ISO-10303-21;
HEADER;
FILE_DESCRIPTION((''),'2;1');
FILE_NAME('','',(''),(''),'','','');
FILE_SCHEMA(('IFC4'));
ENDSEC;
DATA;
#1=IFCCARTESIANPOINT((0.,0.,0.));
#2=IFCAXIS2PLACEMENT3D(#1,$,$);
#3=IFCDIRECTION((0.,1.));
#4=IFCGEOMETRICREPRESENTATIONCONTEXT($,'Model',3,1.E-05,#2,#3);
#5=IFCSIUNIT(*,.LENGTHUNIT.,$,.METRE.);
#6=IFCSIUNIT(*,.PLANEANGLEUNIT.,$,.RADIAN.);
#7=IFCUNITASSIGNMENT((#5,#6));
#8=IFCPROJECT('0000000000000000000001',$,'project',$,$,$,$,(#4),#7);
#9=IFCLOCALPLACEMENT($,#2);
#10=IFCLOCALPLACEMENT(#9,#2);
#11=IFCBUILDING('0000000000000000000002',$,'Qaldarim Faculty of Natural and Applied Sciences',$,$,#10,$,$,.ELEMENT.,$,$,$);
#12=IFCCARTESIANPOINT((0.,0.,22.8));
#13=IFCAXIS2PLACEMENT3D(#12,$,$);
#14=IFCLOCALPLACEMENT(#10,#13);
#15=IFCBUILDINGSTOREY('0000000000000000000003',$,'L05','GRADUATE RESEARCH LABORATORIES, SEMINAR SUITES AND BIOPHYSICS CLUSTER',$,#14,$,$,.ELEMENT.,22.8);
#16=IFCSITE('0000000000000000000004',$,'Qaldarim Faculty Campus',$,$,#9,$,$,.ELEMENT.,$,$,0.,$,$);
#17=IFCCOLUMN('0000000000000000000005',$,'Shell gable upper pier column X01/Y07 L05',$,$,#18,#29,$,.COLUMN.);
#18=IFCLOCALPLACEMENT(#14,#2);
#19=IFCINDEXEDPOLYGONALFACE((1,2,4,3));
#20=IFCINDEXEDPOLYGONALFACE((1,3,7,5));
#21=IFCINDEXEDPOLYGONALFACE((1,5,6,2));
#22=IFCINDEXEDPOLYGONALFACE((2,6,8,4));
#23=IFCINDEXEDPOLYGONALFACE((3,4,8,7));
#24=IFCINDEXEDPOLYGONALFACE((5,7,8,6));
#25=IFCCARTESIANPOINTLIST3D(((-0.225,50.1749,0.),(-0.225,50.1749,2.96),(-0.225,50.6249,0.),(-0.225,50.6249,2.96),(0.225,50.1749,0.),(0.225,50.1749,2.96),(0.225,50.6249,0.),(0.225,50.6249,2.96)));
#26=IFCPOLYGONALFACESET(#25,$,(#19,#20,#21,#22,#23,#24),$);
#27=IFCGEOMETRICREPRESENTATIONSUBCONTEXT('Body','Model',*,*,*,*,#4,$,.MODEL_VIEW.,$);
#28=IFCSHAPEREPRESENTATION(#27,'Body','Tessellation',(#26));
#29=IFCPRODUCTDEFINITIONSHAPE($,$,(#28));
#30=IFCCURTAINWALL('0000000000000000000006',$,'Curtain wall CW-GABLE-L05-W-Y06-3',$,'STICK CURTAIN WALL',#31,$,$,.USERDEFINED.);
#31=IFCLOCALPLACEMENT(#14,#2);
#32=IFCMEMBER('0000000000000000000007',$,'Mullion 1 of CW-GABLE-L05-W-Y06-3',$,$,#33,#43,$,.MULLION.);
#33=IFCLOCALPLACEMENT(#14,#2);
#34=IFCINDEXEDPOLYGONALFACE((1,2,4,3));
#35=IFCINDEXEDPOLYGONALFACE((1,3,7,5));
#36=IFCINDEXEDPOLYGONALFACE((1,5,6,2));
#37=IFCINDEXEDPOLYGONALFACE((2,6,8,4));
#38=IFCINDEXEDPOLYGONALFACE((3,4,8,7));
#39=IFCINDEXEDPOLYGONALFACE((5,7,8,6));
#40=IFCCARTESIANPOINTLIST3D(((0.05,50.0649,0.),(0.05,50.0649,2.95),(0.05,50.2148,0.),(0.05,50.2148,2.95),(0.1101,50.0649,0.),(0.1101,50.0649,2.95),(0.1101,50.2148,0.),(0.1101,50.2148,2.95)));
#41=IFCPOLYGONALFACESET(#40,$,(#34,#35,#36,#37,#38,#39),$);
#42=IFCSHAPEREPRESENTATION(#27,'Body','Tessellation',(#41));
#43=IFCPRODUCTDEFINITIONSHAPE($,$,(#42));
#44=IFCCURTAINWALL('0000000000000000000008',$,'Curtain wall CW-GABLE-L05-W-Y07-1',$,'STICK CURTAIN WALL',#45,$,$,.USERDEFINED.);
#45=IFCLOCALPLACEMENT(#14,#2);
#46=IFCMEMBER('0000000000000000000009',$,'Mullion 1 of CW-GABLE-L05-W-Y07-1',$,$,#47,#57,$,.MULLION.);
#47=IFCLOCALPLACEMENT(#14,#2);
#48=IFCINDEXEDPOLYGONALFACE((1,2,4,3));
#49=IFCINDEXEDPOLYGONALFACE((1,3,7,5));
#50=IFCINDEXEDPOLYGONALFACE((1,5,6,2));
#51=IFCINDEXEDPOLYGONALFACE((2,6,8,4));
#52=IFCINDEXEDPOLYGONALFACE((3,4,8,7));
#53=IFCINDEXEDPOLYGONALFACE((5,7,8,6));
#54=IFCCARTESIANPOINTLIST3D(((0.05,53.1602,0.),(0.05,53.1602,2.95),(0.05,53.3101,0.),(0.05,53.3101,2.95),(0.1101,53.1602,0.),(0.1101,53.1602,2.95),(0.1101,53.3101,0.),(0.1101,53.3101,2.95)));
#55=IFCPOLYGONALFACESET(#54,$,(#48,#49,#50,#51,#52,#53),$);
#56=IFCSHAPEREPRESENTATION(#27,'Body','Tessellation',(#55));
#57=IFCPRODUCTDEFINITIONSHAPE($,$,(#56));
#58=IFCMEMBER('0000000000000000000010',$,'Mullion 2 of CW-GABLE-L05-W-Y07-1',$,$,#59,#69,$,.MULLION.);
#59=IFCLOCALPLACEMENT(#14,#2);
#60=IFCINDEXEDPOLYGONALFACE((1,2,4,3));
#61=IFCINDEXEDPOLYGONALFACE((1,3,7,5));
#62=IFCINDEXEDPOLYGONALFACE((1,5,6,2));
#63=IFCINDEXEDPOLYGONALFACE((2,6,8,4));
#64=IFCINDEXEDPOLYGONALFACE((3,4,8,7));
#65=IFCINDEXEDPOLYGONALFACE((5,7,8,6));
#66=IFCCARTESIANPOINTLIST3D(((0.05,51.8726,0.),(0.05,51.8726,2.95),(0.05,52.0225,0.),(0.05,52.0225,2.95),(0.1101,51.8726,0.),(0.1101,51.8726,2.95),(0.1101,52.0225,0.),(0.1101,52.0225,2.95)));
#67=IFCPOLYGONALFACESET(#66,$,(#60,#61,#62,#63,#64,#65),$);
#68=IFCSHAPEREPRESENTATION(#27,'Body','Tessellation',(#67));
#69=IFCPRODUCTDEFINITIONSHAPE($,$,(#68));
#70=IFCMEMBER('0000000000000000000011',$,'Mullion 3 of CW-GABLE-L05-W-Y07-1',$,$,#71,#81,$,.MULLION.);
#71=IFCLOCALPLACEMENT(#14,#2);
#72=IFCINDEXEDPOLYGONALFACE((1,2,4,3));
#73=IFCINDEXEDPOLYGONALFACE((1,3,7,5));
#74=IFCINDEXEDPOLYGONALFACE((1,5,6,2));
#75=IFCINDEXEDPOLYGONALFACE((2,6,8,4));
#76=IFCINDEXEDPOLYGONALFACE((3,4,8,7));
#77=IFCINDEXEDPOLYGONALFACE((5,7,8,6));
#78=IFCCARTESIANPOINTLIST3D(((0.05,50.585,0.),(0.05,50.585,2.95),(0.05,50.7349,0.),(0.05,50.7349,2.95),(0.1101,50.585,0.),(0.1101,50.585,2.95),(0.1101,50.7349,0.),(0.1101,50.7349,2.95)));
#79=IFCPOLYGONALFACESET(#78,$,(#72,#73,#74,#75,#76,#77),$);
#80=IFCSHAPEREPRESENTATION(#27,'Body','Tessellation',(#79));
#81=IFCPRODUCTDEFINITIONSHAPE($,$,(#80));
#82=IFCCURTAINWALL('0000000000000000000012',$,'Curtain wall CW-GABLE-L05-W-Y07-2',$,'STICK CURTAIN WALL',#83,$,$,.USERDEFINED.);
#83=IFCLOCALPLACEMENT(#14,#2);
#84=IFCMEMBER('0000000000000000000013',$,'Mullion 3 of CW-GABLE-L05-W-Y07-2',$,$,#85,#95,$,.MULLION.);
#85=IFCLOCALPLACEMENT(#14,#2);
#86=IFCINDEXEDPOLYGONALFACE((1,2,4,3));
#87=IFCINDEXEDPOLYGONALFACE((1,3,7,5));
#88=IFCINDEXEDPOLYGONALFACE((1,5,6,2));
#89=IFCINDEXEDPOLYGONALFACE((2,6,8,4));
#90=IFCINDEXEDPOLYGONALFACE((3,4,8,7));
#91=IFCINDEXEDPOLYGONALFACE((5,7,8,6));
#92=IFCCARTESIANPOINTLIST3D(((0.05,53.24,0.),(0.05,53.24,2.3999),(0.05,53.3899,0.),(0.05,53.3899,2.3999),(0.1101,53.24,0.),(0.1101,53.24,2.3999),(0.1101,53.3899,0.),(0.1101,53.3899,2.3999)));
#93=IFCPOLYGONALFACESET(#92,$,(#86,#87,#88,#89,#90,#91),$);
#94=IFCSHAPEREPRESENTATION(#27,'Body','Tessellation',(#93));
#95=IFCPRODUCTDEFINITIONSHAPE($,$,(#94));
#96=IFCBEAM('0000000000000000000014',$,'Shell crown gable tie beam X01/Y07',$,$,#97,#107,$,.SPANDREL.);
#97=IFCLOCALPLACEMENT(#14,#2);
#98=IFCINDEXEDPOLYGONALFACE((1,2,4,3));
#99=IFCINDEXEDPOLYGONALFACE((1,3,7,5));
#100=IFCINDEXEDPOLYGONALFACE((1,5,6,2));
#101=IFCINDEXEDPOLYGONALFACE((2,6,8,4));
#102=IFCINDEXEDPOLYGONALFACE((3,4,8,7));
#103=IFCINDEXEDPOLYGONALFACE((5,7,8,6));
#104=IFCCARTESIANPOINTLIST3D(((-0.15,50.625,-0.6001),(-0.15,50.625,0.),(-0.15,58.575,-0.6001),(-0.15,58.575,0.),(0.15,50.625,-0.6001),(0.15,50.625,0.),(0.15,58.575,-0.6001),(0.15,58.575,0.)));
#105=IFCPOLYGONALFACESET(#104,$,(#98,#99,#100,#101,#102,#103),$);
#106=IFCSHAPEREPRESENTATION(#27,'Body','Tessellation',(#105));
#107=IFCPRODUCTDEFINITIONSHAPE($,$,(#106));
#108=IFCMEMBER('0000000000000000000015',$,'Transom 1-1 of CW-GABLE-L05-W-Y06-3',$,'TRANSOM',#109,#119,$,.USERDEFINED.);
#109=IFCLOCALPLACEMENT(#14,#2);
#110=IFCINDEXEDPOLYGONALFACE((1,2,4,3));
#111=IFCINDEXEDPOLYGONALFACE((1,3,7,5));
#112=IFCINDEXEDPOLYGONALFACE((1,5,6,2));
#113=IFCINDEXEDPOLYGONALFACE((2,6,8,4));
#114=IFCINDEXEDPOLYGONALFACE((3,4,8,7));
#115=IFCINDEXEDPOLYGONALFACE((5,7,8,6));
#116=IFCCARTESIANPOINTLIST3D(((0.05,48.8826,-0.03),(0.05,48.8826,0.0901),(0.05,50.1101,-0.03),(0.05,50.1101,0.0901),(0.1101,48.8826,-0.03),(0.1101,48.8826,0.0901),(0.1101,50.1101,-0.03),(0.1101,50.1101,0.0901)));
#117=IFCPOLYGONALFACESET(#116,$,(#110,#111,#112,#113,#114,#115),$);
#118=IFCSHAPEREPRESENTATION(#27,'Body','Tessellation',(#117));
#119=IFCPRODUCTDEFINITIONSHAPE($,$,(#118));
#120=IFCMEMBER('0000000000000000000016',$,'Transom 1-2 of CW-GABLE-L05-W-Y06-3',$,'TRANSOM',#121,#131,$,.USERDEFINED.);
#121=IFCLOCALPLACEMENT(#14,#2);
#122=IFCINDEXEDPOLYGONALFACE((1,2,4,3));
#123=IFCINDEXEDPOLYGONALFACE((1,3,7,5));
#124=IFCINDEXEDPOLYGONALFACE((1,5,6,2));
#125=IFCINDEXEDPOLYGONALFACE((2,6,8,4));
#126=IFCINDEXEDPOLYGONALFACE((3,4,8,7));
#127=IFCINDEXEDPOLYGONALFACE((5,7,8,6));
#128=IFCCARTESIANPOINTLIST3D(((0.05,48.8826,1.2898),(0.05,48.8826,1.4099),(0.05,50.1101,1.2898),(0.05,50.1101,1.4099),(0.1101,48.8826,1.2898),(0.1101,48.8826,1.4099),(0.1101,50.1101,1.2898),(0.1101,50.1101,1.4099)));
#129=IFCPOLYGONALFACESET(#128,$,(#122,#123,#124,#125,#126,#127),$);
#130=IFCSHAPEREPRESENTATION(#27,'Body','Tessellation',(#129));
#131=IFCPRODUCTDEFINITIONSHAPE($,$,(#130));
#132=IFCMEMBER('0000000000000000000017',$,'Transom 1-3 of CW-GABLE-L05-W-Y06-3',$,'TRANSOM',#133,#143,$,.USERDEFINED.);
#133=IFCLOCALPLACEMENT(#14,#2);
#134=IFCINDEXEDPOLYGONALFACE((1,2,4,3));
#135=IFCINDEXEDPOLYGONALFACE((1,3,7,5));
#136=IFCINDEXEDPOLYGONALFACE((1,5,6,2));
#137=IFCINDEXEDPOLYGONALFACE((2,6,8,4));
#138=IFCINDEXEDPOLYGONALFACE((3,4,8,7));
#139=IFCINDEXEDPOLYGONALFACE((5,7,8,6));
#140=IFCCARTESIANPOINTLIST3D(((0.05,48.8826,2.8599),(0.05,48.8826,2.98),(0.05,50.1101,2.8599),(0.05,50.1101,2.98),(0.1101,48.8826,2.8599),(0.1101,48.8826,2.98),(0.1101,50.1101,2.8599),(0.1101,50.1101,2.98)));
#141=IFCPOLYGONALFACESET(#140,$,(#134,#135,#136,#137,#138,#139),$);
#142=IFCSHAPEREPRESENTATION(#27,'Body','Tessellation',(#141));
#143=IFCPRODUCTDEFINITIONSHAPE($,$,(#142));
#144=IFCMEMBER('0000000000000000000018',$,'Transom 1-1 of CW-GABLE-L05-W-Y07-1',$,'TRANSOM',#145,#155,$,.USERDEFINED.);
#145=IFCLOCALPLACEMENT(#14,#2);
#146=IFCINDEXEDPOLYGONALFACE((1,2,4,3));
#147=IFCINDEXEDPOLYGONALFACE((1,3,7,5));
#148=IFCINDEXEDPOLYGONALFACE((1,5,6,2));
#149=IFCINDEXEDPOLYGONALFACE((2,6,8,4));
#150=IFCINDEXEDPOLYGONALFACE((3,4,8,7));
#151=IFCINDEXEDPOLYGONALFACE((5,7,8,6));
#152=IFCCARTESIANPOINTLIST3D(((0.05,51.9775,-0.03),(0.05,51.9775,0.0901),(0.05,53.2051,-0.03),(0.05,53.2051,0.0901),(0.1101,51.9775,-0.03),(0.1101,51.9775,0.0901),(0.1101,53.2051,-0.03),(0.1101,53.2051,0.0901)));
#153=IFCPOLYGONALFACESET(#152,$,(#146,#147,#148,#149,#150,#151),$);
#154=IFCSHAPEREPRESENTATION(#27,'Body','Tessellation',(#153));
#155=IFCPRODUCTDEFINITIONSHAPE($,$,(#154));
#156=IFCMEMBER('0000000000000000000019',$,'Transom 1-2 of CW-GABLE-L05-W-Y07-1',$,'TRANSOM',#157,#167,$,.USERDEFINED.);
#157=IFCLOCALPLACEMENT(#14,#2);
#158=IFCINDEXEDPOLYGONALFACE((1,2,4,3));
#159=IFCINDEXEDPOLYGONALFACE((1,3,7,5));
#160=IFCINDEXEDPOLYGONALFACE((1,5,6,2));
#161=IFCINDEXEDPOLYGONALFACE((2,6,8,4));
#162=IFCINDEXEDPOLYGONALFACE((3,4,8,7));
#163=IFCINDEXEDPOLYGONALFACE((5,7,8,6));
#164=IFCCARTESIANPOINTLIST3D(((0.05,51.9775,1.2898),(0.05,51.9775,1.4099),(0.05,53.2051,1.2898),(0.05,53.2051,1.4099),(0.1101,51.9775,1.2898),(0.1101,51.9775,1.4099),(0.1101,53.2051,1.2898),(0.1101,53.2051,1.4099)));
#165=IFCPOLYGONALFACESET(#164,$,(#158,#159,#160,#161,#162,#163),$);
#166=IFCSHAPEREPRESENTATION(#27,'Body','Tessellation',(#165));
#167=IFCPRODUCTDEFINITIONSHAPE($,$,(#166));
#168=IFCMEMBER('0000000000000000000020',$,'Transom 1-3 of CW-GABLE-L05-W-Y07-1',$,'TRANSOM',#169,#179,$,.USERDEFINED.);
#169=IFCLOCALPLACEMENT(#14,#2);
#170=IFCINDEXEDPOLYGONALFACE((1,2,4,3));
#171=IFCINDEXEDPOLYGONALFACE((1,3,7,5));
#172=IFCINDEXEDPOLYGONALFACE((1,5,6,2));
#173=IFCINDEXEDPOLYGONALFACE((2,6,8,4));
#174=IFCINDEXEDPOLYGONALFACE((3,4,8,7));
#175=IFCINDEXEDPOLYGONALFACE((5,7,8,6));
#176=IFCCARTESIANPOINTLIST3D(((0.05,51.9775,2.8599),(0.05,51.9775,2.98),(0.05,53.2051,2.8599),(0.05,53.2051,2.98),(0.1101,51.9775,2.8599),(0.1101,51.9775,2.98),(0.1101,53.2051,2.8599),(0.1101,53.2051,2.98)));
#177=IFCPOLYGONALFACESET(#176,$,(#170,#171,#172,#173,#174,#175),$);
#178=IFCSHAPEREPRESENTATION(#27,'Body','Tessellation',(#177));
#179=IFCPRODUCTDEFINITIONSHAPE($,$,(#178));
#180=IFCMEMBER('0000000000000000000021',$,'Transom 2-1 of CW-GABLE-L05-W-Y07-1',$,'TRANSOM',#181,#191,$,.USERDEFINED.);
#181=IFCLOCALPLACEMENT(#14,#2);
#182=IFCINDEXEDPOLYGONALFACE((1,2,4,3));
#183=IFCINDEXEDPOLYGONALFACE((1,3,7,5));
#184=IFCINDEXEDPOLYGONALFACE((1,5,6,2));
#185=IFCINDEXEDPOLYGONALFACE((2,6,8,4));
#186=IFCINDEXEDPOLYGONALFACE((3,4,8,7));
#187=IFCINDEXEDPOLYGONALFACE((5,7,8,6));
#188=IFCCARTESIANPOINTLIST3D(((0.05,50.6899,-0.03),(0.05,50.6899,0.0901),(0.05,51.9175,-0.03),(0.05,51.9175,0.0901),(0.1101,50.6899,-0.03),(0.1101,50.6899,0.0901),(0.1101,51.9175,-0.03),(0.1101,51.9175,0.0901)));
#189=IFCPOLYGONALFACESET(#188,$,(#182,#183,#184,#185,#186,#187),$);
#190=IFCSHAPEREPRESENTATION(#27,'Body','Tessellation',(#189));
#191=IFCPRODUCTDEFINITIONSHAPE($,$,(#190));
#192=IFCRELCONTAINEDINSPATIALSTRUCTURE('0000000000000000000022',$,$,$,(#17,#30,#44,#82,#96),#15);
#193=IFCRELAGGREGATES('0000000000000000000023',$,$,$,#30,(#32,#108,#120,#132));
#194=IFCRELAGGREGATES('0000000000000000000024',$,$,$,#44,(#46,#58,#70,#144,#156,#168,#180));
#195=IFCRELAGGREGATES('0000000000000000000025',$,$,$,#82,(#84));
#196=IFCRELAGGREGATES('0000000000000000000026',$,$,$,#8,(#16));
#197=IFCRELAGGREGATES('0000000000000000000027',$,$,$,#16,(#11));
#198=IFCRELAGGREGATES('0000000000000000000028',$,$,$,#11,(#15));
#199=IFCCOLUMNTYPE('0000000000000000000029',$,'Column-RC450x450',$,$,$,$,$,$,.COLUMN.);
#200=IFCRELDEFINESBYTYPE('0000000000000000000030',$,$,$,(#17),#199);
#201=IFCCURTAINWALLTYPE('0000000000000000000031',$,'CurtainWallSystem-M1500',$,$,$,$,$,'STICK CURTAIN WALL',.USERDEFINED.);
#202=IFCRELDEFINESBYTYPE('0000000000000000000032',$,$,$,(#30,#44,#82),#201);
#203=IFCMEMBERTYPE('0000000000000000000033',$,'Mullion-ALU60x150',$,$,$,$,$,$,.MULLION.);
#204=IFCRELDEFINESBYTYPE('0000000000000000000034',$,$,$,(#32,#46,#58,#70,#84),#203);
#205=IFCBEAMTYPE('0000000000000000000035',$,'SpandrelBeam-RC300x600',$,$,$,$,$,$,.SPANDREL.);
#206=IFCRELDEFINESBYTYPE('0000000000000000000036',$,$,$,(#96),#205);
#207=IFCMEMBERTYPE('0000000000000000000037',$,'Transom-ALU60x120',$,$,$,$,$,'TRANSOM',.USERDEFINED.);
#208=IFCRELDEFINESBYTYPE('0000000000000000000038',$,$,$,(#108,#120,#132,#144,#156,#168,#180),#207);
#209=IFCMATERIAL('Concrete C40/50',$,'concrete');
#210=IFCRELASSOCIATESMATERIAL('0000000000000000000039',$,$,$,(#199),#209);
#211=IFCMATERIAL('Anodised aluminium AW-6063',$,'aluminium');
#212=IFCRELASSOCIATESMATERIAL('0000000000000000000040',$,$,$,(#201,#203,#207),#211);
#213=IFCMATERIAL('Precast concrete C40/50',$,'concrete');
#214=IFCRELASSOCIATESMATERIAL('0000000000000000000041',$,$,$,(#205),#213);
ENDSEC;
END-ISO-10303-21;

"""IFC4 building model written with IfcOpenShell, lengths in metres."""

from ifc_helpers import new_model, si_unit, direction, frame, origin, origin_2d, place, context, subcontext, project, spatial, rectangle, extrude, material, material_profile, profile_set, type_object, element, aggregate, save


model = new_model("IFC4")

# Units and contexts
model_context = context("Model", 3, precision=1e-05, world=origin(), true_north=direction((0.0, 1.0)))
body_context = subcontext(model_context, "Body", "Model", "MODEL_VIEW")
ifc_project = project(units=[si_unit("LENGTHUNIT", "METRE"), si_unit("PLANEANGLEUNIT", "RADIAN")], contexts=[model_context])

# Site, building, storey
site_placement = place(None, origin())
site = spatial("IfcSite", under=ifc_project, at=site_placement, Name="Qaldarim Faculty Campus", CompositionType="ELEMENT", RefElevation=0.0)
building_placement = place(site_placement, origin())
building = spatial("IfcBuilding", under=site, at=building_placement, Name="Qaldarim Faculty of Natural and Applied Sciences", CompositionType="ELEMENT")
storey_placement = place(building_placement, frame((0.0, 0.0, 22.8)))
storey = spatial("IfcBuildingStorey", under=building, at=storey_placement, Name="L05", Description="GRADUATE RESEARCH LABORATORIES, SEMINAR SUITES AND BIOPHYSICS CLUSTER", CompositionType="ELEMENT", Elevation=22.8)

# Column
ifc_material_1 = material(Name="Concrete C40/50", Category="concrete")
ifc_material_profile_1 = material_profile(ifc_material_1, rectangle(XDim=0.45, YDim=0.45, at=origin_2d()), Name="RC-C450x450")
ifc_profile_set_1 = profile_set([ifc_material_profile_1], Name="Concrete C40/50")
column_type = type_object("IfcColumnType", Name="Column-RC450x450", PredefinedType="COLUMN", material=ifc_profile_set_1)
column_placement = place(storey_placement, frame((0.0, 50.3999, 0.0), z_axis=(0.0, 0.0, 1.0), x_axis=(1.0, 0.0, 0.0)))
element("IfcColumn", 1, at=column_placement, inside=storey, type_object=column_type, Name="Shell gable upper pier column X01/Y07 L05", PredefinedType="COLUMN", context=body_context, shape_type="SweptSolid", body=[
    extrude(rectangle(XDim=0.45, YDim=0.45, at=origin_2d()), origin(), (0.0, 0.0, 1.0), 2.96),
])

# Curtain wall, member
ifc_material_2 = material(Name="Anodised aluminium AW-6063", Category="aluminium")
curtain_wall_type = type_object("IfcCurtainWallType", Name="CurtainWallSystem-M1500", ElementType="STICK CURTAIN WALL", PredefinedType="USERDEFINED", material=ifc_material_2)
curtain_wall_1_placement = place(storey_placement, origin())
curtain_wall_1 = element("IfcCurtainWall", 2, at=curtain_wall_1_placement, inside=storey, type_object=curtain_wall_type, Name="Curtain wall CW-GABLE-L05-W-Y06-3", ObjectType="STICK CURTAIN WALL", PredefinedType="USERDEFINED")
ifc_material_profile_2 = material_profile(ifc_material_2, rectangle(XDim=0.0601, YDim=0.1499, at=origin_2d()), Name="ALU-M60x150")
ifc_profile_set_2 = profile_set([ifc_material_profile_2], Name="Anodised aluminium AW-6063")
member_type_1 = type_object("IfcMemberType", Name="Mullion-ALU60x150", PredefinedType="MULLION", material=ifc_profile_set_2)
member_1_placement = place(storey_placement, frame((0.0801, 50.1399, 0.0), z_axis=(0.0, 0.0, 1.0), x_axis=(1.0, 0.0, 0.0)))
member_1 = element("IfcMember", 3, at=member_1_placement, type_object=member_type_1, Name="Mullion 1 of CW-GABLE-L05-W-Y06-3", PredefinedType="MULLION", context=body_context, shape_type="SweptSolid", body=[
    extrude(rectangle(XDim=0.0601, YDim=0.1499, at=origin_2d()), origin(), (0.0, 0.0, 1.0), 2.95),
])

# Curtain wall, members
curtain_wall_2_placement = place(storey_placement, origin())
curtain_wall_2 = element("IfcCurtainWall", 4, at=curtain_wall_2_placement, inside=storey, type_object=curtain_wall_type, Name="Curtain wall CW-GABLE-L05-W-Y07-1", ObjectType="STICK CURTAIN WALL", PredefinedType="USERDEFINED")
member_2_placement = place(storey_placement, frame((0.0801, 53.2351, 0.0), z_axis=(0.0, 0.0, 1.0), x_axis=(1.0, 0.0, 0.0)))
member_2 = element("IfcMember", 5, at=member_2_placement, type_object=member_type_1, Name="Mullion 1 of CW-GABLE-L05-W-Y07-1", PredefinedType="MULLION", context=body_context, shape_type="SweptSolid", body=[
    extrude(rectangle(XDim=0.0601, YDim=0.1499, at=origin_2d()), origin(), (0.0, 0.0, 1.0), 2.95),
])
member_3_placement = place(storey_placement, frame((0.0801, 51.9475, 0.0), z_axis=(0.0, 0.0, 1.0), x_axis=(1.0, 0.0, 0.0)))
member_3 = element("IfcMember", 6, at=member_3_placement, type_object=member_type_1, Name="Mullion 2 of CW-GABLE-L05-W-Y07-1", PredefinedType="MULLION", context=body_context, shape_type="SweptSolid", body=[
    extrude(rectangle(XDim=0.0601, YDim=0.1499, at=origin_2d()), origin(), (0.0, 0.0, 1.0), 2.95),
])
member_4_placement = place(storey_placement, frame((0.0801, 50.6599, 0.0), z_axis=(0.0, 0.0, 1.0), x_axis=(1.0, 0.0, 0.0)))
member_4 = element("IfcMember", 7, at=member_4_placement, type_object=member_type_1, Name="Mullion 3 of CW-GABLE-L05-W-Y07-1", PredefinedType="MULLION", context=body_context, shape_type="SweptSolid", body=[
    extrude(rectangle(XDim=0.0601, YDim=0.1499, at=origin_2d()), origin(), (0.0, 0.0, 1.0), 2.95),
])

# Curtain wall, member
curtain_wall_3_placement = place(storey_placement, origin())
curtain_wall_3 = element("IfcCurtainWall", 8, at=curtain_wall_3_placement, inside=storey, type_object=curtain_wall_type, Name="Curtain wall CW-GABLE-L05-W-Y07-2", ObjectType="STICK CURTAIN WALL", PredefinedType="USERDEFINED")
member_5_placement = place(storey_placement, frame((0.0801, 53.3149, 0.0), z_axis=(0.0, 0.0, 1.0), x_axis=(1.0, 0.0, 0.0)))
member_5 = element("IfcMember", 9, at=member_5_placement, type_object=member_type_1, Name="Mullion 3 of CW-GABLE-L05-W-Y07-2", PredefinedType="MULLION", context=body_context, shape_type="SweptSolid", body=[
    extrude(rectangle(XDim=0.0601, YDim=0.1499, at=origin_2d()), origin(), (0.0, 0.0, 1.0), 2.3999),
])

# Beam
ifc_material_3 = material(Name="Precast concrete C40/50", Category="concrete")
ifc_material_profile_3 = material_profile(ifc_material_3, rectangle(XDim=0.3, YDim=0.6001, at=origin_2d()), Name="RC-SP300x600")
ifc_profile_set_3 = profile_set([ifc_material_profile_3], Name="Precast concrete C40/50")
beam_type = type_object("IfcBeamType", Name="SpandrelBeam-RC300x600", PredefinedType="SPANDREL", material=ifc_profile_set_3)
beam_placement = place(storey_placement, frame((0.0, 50.625, -0.3), z_axis=(0.0, 1.0, 0.0), x_axis=(-1.0, 0.0, 0.0)))
element("IfcBeam", 10, at=beam_placement, inside=storey, type_object=beam_type, Name="Shell crown gable tie beam X01/Y07", PredefinedType="SPANDREL", context=body_context, shape_type="SweptSolid", body=[
    extrude(rectangle(XDim=0.3, YDim=0.6001, at=origin_2d()), origin(), (0.0, 0.0, 1.0), 7.95),
])

# Members
ifc_material_profile_4 = material_profile(ifc_material_2, rectangle(XDim=0.0601, YDim=0.1201, at=origin_2d()), Name="ALU-T60x120")
ifc_profile_set_4 = profile_set([ifc_material_profile_4], Name="Anodised aluminium AW-6063")
member_type_2 = type_object("IfcMemberType", Name="Transom-ALU60x120", ElementType="TRANSOM", PredefinedType="USERDEFINED", material=ifc_profile_set_4)
member_6_placement = place(storey_placement, frame((0.0801, 50.1101, 0.03), z_axis=(0.0, -1.0, 0.0), x_axis=(1.0, 0.0, 0.0)))
member_6 = element("IfcMember", 11, at=member_6_placement, type_object=member_type_2, Name="Transom 1-1 of CW-GABLE-L05-W-Y06-3", ObjectType="TRANSOM", PredefinedType="USERDEFINED", context=body_context, shape_type="SweptSolid", body=[
    extrude(rectangle(XDim=0.0601, YDim=0.1201, at=origin_2d()), origin(), (0.0, 0.0, 1.0), 1.2275),
])
member_7_placement = place(storey_placement, frame((0.0801, 50.1101, 1.3499), z_axis=(0.0, -1.0, 0.0), x_axis=(1.0, 0.0, 0.0)))
member_7 = element("IfcMember", 12, at=member_7_placement, type_object=member_type_2, Name="Transom 1-2 of CW-GABLE-L05-W-Y06-3", ObjectType="TRANSOM", PredefinedType="USERDEFINED", context=body_context, shape_type="SweptSolid", body=[
    extrude(rectangle(XDim=0.0601, YDim=0.1201, at=origin_2d()), origin(), (0.0, 0.0, 1.0), 1.2275),
])
member_8_placement = place(storey_placement, frame((0.0801, 50.1101, 2.9199), z_axis=(0.0, -1.0, 0.0), x_axis=(1.0, 0.0, 0.0)))
member_8 = element("IfcMember", 13, at=member_8_placement, type_object=member_type_2, Name="Transom 1-3 of CW-GABLE-L05-W-Y06-3", ObjectType="TRANSOM", PredefinedType="USERDEFINED", context=body_context, shape_type="SweptSolid", body=[
    extrude(rectangle(XDim=0.0601, YDim=0.1201, at=origin_2d()), origin(), (0.0, 0.0, 1.0), 1.2275),
])
member_9_placement = place(storey_placement, frame((0.0801, 53.2051, 0.03), z_axis=(0.0, -1.0, 0.0), x_axis=(1.0, 0.0, 0.0)))
member_9 = element("IfcMember", 14, at=member_9_placement, type_object=member_type_2, Name="Transom 1-1 of CW-GABLE-L05-W-Y07-1", ObjectType="TRANSOM", PredefinedType="USERDEFINED", context=body_context, shape_type="SweptSolid", body=[
    extrude(rectangle(XDim=0.0601, YDim=0.1201, at=origin_2d()), origin(), (0.0, 0.0, 1.0), 1.2275),
])
member_10_placement = place(storey_placement, frame((0.0801, 53.2051, 1.3499), z_axis=(0.0, -1.0, 0.0), x_axis=(1.0, 0.0, 0.0)))
member_10 = element("IfcMember", 15, at=member_10_placement, type_object=member_type_2, Name="Transom 1-2 of CW-GABLE-L05-W-Y07-1", ObjectType="TRANSOM", PredefinedType="USERDEFINED", context=body_context, shape_type="SweptSolid", body=[
    extrude(rectangle(XDim=0.0601, YDim=0.1201, at=origin_2d()), origin(), (0.0, 0.0, 1.0), 1.2275),
])
member_11_placement = place(storey_placement, frame((0.0801, 53.2051, 2.9199), z_axis=(0.0, -1.0, 0.0), x_axis=(1.0, 0.0, 0.0)))
member_11 = element("IfcMember", 16, at=member_11_placement, type_object=member_type_2, Name="Transom 1-3 of CW-GABLE-L05-W-Y07-1", ObjectType="TRANSOM", PredefinedType="USERDEFINED", context=body_context, shape_type="SweptSolid", body=[
    extrude(rectangle(XDim=0.0601, YDim=0.1201, at=origin_2d()), origin(), (0.0, 0.0, 1.0), 1.2275),
])
member_12_placement = place(storey_placement, frame((0.0801, 51.9175, 0.03), z_axis=(0.0, -1.0, 0.0), x_axis=(1.0, 0.0, 0.0)))
member_12 = element("IfcMember", 17, at=member_12_placement, type_object=member_type_2, Name="Transom 2-1 of CW-GABLE-L05-W-Y07-1", ObjectType="TRANSOM", PredefinedType="USERDEFINED", context=body_context, shape_type="SweptSolid", body=[
    extrude(rectangle(XDim=0.0601, YDim=0.1201, at=origin_2d()), origin(), (0.0, 0.0, 1.0), 1.2275),
])

aggregate(curtain_wall_1, [member_1, member_6, member_7, member_8])
aggregate(curtain_wall_2, [member_2, member_3, member_4, member_9, member_10, member_11, member_12])
aggregate(curtain_wall_3, [member_5])

save(model, "model.ifc")
